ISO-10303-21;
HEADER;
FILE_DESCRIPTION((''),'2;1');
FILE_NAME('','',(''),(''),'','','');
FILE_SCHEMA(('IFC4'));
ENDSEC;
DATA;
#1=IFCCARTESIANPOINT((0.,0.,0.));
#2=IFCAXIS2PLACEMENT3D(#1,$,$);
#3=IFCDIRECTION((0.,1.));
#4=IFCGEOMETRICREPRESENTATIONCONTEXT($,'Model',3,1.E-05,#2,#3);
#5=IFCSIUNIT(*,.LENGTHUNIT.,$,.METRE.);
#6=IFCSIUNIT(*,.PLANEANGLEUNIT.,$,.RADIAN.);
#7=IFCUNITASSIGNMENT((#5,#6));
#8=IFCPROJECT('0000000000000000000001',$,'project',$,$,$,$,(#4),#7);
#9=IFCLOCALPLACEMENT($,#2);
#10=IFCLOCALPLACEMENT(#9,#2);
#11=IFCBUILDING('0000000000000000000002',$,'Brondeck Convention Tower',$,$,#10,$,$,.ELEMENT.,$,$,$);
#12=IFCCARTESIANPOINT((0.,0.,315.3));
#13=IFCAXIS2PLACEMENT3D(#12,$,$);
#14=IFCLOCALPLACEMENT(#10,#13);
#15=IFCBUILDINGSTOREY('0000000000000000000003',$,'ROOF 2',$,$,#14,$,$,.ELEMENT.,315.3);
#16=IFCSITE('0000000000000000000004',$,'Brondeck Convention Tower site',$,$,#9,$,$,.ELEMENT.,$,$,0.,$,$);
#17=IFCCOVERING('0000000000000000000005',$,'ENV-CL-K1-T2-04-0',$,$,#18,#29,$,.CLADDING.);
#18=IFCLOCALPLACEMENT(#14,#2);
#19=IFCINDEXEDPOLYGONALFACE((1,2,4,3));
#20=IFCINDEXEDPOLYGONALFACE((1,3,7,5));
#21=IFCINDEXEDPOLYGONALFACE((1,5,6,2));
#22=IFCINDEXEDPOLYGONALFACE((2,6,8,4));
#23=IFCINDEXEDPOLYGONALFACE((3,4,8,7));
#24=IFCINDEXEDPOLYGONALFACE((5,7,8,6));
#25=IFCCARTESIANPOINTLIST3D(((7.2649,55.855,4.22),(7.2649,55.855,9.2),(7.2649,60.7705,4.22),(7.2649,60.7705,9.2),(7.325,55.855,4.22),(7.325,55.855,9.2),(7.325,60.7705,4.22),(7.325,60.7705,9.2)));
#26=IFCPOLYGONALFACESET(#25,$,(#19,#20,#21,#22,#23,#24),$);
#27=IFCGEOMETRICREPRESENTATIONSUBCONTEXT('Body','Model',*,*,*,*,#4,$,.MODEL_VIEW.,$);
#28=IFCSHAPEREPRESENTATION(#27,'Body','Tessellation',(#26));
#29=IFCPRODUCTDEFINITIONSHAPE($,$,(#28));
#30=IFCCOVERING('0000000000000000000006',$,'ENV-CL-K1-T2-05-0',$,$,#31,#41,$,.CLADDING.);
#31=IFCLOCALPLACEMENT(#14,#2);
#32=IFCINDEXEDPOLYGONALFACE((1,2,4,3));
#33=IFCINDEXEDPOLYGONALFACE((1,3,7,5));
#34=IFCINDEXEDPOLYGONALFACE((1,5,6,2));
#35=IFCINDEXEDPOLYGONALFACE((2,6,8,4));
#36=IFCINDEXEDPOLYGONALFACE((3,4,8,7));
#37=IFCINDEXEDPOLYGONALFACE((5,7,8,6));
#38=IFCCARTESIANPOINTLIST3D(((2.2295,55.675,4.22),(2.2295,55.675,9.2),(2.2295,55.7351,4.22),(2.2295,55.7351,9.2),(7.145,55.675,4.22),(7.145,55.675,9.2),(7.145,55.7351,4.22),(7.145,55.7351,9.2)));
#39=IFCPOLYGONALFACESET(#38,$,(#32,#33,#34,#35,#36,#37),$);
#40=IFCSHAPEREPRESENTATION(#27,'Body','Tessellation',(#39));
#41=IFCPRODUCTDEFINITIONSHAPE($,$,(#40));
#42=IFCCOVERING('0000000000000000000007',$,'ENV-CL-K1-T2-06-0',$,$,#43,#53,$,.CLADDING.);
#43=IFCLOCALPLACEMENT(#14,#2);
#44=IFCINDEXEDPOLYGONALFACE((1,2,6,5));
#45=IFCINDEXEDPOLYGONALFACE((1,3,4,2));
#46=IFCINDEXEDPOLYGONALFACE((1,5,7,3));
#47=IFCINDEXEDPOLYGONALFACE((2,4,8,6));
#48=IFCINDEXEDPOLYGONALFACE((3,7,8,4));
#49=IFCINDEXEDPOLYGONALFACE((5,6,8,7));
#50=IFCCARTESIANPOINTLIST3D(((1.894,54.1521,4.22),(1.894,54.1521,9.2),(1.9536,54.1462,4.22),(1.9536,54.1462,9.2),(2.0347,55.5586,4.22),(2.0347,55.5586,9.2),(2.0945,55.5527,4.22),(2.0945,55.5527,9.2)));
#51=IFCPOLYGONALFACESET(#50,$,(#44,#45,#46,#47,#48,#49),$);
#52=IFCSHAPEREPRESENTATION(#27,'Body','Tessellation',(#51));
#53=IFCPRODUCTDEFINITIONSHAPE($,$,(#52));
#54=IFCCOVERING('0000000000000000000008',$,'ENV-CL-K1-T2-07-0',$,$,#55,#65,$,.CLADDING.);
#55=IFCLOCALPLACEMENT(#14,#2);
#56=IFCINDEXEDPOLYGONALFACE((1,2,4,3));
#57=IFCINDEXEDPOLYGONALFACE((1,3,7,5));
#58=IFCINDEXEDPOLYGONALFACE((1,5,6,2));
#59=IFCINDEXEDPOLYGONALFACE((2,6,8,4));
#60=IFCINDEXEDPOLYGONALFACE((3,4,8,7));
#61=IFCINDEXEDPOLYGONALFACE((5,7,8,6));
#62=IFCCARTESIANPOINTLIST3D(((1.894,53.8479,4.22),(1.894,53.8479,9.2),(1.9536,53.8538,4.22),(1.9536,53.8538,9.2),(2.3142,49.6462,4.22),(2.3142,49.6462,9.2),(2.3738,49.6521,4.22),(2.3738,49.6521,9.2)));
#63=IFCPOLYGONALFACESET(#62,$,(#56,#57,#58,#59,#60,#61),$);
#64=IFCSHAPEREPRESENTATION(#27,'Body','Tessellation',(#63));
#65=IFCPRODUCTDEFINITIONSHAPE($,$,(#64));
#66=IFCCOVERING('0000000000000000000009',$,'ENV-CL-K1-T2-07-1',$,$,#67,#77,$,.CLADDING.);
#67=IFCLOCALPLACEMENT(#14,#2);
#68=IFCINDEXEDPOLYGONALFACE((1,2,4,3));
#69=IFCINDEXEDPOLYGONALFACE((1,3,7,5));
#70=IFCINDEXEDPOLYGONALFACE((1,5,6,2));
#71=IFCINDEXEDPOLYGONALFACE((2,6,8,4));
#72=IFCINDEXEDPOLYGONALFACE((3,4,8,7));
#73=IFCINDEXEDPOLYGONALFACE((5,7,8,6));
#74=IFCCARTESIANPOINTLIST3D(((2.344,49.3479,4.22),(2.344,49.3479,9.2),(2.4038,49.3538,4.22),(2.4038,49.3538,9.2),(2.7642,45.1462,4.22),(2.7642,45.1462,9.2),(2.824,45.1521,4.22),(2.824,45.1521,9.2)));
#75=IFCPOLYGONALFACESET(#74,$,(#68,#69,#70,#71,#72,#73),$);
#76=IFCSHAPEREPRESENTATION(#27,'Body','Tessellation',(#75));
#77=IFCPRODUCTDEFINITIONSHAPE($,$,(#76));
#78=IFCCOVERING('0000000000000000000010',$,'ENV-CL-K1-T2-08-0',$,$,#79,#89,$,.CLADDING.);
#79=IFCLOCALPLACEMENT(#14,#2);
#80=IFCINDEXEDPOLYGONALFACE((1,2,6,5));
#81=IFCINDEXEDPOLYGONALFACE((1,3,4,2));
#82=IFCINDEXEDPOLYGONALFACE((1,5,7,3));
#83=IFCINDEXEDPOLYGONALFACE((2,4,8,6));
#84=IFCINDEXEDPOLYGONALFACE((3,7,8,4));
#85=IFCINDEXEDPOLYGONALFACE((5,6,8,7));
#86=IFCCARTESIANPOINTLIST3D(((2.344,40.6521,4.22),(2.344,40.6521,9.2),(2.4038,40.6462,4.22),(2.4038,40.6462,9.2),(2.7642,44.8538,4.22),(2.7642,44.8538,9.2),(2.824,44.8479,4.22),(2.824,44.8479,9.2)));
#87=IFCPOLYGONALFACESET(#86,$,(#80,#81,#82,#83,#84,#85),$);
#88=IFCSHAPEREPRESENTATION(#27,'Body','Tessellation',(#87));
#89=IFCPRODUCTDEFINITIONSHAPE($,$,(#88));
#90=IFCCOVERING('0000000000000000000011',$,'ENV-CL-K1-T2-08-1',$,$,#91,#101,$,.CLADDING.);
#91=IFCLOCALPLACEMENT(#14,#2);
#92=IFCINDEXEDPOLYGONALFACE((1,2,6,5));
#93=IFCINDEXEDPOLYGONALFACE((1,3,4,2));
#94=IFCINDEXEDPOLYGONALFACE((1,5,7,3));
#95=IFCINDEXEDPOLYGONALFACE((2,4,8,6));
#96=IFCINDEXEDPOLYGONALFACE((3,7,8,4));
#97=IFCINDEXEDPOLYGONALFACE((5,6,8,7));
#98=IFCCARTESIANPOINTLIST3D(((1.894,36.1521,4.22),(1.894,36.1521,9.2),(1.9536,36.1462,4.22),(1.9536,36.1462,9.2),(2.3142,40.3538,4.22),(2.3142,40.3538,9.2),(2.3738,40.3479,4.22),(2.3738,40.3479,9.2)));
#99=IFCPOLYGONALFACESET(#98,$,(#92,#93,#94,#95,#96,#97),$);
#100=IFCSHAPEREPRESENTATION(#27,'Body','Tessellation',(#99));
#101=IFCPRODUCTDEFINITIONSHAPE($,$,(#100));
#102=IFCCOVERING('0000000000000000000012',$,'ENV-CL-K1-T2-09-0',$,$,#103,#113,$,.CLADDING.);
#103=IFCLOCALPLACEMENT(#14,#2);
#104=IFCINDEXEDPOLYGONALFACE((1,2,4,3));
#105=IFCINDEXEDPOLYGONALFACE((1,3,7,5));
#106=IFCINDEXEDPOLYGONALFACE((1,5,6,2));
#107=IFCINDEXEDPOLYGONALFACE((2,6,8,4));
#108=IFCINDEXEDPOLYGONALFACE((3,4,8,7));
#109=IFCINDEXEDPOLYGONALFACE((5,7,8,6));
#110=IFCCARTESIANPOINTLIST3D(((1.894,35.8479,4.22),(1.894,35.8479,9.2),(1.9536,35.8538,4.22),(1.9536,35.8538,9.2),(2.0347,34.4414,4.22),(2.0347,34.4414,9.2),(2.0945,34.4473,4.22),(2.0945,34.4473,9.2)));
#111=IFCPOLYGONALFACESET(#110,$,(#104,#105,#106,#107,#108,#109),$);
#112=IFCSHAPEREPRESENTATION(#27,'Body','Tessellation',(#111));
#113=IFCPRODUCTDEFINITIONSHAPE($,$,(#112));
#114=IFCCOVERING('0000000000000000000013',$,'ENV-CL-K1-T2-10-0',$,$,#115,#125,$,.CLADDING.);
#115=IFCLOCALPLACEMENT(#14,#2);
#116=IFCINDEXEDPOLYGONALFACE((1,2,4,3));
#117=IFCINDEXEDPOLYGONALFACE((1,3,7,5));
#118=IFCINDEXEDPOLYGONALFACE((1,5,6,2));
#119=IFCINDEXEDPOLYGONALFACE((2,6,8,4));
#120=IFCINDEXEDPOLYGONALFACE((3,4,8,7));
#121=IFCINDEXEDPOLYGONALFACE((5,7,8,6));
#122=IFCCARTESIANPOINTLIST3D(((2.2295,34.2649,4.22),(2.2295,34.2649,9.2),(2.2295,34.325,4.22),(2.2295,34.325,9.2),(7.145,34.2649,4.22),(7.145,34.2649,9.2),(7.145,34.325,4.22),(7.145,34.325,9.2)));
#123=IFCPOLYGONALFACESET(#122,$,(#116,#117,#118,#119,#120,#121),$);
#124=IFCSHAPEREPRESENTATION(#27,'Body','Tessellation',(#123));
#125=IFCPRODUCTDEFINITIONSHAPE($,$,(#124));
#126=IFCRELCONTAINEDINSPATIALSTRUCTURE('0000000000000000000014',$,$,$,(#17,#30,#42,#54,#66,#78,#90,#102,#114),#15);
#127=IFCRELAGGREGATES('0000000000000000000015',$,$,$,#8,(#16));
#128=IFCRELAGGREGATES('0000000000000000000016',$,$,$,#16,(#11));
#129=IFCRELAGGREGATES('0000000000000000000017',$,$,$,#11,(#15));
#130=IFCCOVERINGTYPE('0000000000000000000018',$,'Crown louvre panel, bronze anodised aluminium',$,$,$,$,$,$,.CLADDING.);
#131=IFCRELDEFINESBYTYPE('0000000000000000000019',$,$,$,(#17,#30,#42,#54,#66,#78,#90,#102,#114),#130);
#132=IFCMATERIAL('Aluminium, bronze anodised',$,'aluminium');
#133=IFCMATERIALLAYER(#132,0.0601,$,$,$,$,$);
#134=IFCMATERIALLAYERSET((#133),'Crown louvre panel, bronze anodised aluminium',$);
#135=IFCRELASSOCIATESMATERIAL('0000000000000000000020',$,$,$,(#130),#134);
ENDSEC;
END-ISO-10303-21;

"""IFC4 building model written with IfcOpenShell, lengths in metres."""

from ifc_helpers import new_model, si_unit, direction, frame, origin, place, context, subcontext, project, spatial, polyline, outline, extrude, material, layer, layer_set, type_object, element, save


model = new_model("IFC4")

# Units and contexts
model_context = context("Model", 3, precision=1e-05, world=origin(), true_north=direction((0.0, 1.0)))
body_context = subcontext(model_context, "Body", "Model", "MODEL_VIEW")
ifc_project = project(units=[si_unit("LENGTHUNIT", "METRE"), si_unit("PLANEANGLEUNIT", "RADIAN")], contexts=[model_context])

# Site, building, storey
site_placement = place(None, origin())
site = spatial("IfcSite", under=ifc_project, at=site_placement, Name="Brondeck Convention Tower site", CompositionType="ELEMENT", RefElevation=0.0)
building_placement = place(site_placement, origin())
building = spatial("IfcBuilding", under=site, at=building_placement, Name="Brondeck Convention Tower", CompositionType="ELEMENT")
storey_placement = place(building_placement, frame((0.0, 0.0, 315.3)))
storey = spatial("IfcBuildingStorey", under=building, at=storey_placement, Name="ROOF 2", CompositionType="ELEMENT", Elevation=315.3)

# Coverings
ifc_material_1 = material(Name="Aluminium, bronze anodised", Category="aluminium")
ifc_layer_1 = layer(ifc_material_1, 0.0601)
ifc_layer_set_1 = layer_set([ifc_layer_1], Name="Crown louvre panel, bronze anodised aluminium")
covering_type = type_object("IfcCoveringType", Name="Crown louvre panel, bronze anodised aluminium", PredefinedType="CLADDING", material=ifc_layer_set_1)
covering_1_placement = place(storey_placement, frame((0.0, 0.0, 4.22)))
element("IfcCovering", 1, at=covering_1_placement, inside=storey, type_object=covering_type, Name="ENV-CL-K1-T2-04-0", PredefinedType="CLADDING", context=body_context, shape_type="SweptSolid", body=[
    extrude(outline(polyline([(7.325, 55.855), (7.325, 60.7705), (7.2649, 60.7705), (7.2649, 55.855), (7.325, 55.855)])), origin(), (0.0, 0.0, 1.0), 4.98),
])
covering_2_placement = place(storey_placement, frame((0.0, 0.0, 4.22)))
element("IfcCovering", 2, at=covering_2_placement, inside=storey, type_object=covering_type, Name="ENV-CL-K1-T2-05-0", PredefinedType="CLADDING", context=body_context, shape_type="SweptSolid", body=[
    extrude(outline(polyline([(2.2295, 55.675), (7.145, 55.675), (7.145, 55.7351), (2.2295, 55.7351), (2.2295, 55.675)])), origin(), (0.0, 0.0, 1.0), 4.98),
])
covering_3_placement = place(storey_placement, frame((0.0, 0.0, 4.22)))
element("IfcCovering", 3, at=covering_3_placement, inside=storey, type_object=covering_type, Name="ENV-CL-K1-T2-06-0", PredefinedType="CLADDING", context=body_context, shape_type="SweptSolid", body=[
    extrude(outline(polyline([(1.9536, 54.1462), (2.0945, 55.5527), (2.0347, 55.5586), (1.894, 54.1521), (1.9536, 54.1462)])), origin(), (0.0, 0.0, 1.0), 4.98),
])
covering_4_placement = place(storey_placement, frame((0.0, 0.0, 4.22)))
element("IfcCovering", 4, at=covering_4_placement, inside=storey, type_object=covering_type, Name="ENV-CL-K1-T2-07-0", PredefinedType="CLADDING", context=body_context, shape_type="SweptSolid", body=[
    extrude(outline(polyline([(2.3738, 49.6521), (1.9536, 53.8538), (1.894, 53.8479), (2.3142, 49.6462), (2.3738, 49.6521)])), origin(), (0.0, 0.0, 1.0), 4.98),
])
covering_5_placement = place(storey_placement, frame((0.0, 0.0, 4.22)))
element("IfcCovering", 5, at=covering_5_placement, inside=storey, type_object=covering_type, Name="ENV-CL-K1-T2-07-1", PredefinedType="CLADDING", context=body_context, shape_type="SweptSolid", body=[
    extrude(outline(polyline([(2.824, 45.1521), (2.4038, 49.3538), (2.344, 49.3479), (2.7642, 45.1462), (2.824, 45.1521)])), origin(), (0.0, 0.0, 1.0), 4.98),
])
covering_6_placement = place(storey_placement, frame((0.0, 0.0, 4.22)))
element("IfcCovering", 6, at=covering_6_placement, inside=storey, type_object=covering_type, Name="ENV-CL-K1-T2-08-0", PredefinedType="CLADDING", context=body_context, shape_type="SweptSolid", body=[
    extrude(outline(polyline([(2.4038, 40.6462), (2.824, 44.8479), (2.7642, 44.8538), (2.344, 40.6521), (2.4038, 40.6462)])), origin(), (0.0, 0.0, 1.0), 4.98),
])
covering_7_placement = place(storey_placement, frame((0.0, 0.0, 4.22)))
element("IfcCovering", 7, at=covering_7_placement, inside=storey, type_object=covering_type, Name="ENV-CL-K1-T2-08-1", PredefinedType="CLADDING", context=body_context, shape_type="SweptSolid", body=[
    extrude(outline(polyline([(1.9536, 36.1462), (2.3738, 40.3479), (2.3142, 40.3538), (1.894, 36.1521), (1.9536, 36.1462)])), origin(), (0.0, 0.0, 1.0), 4.98),
])
covering_8_placement = place(storey_placement, frame((0.0, 0.0, 4.22)))
element("IfcCovering", 8, at=covering_8_placement, inside=storey, type_object=covering_type, Name="ENV-CL-K1-T2-09-0", PredefinedType="CLADDING", context=body_context, shape_type="SweptSolid", body=[
    extrude(outline(polyline([(2.0945, 34.4473), (1.9536, 35.8538), (1.894, 35.8479), (2.0347, 34.4414), (2.0945, 34.4473)])), origin(), (0.0, 0.0, 1.0), 4.98),
])
covering_9_placement = place(storey_placement, frame((0.0, 0.0, 4.22)))
element("IfcCovering", 9, at=covering_9_placement, inside=storey, type_object=covering_type, Name="ENV-CL-K1-T2-10-0", PredefinedType="CLADDING", context=body_context, shape_type="SweptSolid", body=[
    extrude(outline(polyline([(7.145, 34.325), (2.2295, 34.325), (2.2295, 34.2649), (7.145, 34.2649), (7.145, 34.325)])), origin(), (0.0, 0.0, 1.0), 4.98),
])

save(model, "model.ifc")
